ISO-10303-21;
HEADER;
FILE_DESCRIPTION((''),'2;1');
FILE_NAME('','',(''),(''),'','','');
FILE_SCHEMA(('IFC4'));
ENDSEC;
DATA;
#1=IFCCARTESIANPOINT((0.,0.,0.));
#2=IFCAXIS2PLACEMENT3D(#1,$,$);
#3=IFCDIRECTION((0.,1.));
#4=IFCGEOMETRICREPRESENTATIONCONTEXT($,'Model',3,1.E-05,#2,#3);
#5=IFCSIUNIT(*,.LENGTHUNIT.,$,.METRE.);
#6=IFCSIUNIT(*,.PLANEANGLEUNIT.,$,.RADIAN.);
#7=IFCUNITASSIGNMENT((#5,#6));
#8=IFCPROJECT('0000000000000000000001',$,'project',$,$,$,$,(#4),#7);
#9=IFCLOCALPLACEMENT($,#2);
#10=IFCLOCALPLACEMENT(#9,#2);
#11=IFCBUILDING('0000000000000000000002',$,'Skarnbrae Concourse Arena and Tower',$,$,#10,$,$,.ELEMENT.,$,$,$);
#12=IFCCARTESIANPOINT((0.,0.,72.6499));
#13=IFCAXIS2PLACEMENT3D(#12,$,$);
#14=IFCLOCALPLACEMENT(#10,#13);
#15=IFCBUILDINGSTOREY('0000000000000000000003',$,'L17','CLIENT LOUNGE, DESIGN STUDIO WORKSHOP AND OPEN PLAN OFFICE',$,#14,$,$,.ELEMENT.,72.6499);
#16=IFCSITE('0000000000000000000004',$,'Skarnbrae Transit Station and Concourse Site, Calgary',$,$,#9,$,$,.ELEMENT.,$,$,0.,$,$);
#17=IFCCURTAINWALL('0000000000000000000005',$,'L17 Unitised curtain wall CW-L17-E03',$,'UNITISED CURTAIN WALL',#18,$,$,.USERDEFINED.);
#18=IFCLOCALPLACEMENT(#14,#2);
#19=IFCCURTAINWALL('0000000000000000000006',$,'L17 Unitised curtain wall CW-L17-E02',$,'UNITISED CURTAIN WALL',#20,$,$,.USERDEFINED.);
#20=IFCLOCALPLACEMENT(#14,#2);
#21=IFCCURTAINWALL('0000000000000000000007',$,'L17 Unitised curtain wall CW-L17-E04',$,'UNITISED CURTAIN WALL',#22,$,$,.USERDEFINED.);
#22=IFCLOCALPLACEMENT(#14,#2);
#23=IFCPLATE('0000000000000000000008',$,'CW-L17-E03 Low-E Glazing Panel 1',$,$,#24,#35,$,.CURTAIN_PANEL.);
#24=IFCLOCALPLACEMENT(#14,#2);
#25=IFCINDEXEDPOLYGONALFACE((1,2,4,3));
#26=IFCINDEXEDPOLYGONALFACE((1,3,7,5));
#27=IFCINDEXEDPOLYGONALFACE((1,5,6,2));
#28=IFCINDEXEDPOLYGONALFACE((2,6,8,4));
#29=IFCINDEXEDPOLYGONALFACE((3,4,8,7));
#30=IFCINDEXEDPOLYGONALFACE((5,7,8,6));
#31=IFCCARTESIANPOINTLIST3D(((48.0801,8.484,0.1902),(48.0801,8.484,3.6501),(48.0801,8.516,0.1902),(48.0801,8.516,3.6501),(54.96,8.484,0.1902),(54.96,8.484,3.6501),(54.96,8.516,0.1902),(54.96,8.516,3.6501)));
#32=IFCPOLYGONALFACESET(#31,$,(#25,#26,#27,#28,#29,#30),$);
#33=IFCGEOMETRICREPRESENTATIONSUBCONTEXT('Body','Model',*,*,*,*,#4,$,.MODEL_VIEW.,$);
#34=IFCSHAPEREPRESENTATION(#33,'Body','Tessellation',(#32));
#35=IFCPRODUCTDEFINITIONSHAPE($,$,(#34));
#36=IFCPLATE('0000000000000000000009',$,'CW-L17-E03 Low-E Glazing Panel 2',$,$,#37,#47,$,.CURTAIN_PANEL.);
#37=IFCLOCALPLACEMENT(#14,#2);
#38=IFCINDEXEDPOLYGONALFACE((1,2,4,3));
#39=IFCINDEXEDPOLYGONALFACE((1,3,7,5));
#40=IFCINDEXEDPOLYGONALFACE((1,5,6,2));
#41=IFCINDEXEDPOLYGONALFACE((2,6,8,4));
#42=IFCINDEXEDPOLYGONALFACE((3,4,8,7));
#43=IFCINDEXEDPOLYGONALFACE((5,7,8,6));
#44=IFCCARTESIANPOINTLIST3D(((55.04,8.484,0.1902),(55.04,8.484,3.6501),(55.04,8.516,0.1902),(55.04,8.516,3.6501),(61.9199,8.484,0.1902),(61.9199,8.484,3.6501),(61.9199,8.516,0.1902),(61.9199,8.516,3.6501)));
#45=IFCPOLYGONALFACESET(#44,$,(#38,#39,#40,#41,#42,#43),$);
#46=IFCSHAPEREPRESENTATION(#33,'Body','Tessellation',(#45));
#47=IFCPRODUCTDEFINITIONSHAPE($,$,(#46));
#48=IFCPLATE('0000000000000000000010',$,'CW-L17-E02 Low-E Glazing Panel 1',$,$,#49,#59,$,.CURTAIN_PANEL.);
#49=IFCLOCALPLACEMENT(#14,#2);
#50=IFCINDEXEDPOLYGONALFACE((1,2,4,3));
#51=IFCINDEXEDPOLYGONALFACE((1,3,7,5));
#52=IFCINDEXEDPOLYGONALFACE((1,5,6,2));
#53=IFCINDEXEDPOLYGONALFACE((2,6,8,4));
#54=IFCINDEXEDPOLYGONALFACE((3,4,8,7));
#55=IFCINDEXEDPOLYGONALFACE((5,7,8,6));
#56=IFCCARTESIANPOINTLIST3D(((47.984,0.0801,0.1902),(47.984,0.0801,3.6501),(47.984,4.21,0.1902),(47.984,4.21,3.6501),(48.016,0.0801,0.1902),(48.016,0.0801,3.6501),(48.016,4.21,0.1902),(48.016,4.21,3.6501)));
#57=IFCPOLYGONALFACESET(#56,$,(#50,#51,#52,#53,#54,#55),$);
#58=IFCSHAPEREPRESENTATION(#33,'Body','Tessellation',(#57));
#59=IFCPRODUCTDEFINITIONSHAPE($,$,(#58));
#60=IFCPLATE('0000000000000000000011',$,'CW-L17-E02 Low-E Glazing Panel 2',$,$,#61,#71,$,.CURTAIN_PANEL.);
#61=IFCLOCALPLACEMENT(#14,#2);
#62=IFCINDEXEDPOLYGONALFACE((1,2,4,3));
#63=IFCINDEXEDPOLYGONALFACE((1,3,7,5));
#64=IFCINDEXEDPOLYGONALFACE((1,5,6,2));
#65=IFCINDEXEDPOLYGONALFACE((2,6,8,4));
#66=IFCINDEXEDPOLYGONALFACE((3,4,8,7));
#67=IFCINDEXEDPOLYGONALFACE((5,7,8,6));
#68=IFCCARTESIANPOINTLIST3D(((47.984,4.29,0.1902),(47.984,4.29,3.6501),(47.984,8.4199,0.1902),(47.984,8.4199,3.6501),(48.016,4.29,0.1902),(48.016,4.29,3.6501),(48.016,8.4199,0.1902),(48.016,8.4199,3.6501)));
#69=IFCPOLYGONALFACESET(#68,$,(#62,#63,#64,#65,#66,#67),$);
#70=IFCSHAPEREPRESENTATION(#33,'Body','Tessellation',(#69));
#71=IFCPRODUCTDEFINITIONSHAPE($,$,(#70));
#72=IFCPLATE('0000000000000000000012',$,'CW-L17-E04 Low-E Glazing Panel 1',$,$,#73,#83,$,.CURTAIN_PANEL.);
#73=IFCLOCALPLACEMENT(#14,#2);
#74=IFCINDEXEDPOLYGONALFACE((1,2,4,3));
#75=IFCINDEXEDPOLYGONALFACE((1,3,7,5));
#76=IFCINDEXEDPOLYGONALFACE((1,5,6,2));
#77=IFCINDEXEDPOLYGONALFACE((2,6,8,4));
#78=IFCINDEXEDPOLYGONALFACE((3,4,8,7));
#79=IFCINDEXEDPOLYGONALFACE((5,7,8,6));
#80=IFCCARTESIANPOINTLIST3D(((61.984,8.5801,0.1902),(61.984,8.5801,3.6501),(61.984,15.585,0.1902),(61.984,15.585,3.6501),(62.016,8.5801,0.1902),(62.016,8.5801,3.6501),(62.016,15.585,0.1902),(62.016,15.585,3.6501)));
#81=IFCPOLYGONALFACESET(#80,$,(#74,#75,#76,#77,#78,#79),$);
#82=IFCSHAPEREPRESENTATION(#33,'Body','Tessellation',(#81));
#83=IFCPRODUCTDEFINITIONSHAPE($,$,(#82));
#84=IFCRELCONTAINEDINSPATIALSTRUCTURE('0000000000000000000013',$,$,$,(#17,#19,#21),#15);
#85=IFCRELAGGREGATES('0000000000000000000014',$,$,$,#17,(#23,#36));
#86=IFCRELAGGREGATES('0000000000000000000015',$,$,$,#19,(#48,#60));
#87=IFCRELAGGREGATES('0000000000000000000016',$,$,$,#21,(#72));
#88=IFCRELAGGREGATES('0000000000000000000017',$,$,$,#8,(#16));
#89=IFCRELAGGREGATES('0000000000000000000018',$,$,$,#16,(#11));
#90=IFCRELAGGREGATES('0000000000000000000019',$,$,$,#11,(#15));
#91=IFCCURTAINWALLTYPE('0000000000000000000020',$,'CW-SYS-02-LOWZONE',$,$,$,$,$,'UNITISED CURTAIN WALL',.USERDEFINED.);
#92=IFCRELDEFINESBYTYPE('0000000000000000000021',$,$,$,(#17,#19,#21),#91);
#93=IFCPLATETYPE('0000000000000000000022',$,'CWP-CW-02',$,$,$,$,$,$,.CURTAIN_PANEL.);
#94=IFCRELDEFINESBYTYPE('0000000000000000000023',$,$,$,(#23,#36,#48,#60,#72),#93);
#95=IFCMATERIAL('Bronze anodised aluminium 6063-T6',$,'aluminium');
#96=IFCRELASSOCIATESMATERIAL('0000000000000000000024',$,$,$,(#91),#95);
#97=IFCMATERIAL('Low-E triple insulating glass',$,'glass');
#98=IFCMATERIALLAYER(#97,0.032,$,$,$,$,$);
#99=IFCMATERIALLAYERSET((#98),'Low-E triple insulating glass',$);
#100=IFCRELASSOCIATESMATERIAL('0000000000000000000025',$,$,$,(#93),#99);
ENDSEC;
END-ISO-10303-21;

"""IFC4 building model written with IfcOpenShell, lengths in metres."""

from ifc_helpers import new_model, si_unit, direction, frame, origin, origin_2d, place, context, subcontext, project, spatial, rectangle, extrude, source, transform, mapped, material, layer, layer_set, type_object, element, aggregate, save


model = new_model("IFC4")

# Units and contexts
model_context = context("Model", 3, precision=1e-05, world=origin(), true_north=direction((0.0, 1.0)))
body_context = subcontext(model_context, "Body", "Model", "MODEL_VIEW")
ifc_project = project(units=[si_unit("LENGTHUNIT", "METRE"), si_unit("PLANEANGLEUNIT", "RADIAN")], contexts=[model_context])

# Site, building, storey
site_placement = place(None, origin())
site = spatial("IfcSite", under=ifc_project, at=site_placement, Name="Skarnbrae Transit Station and Concourse Site, Calgary", CompositionType="ELEMENT", RefElevation=0.0)
building_placement = place(site_placement, origin())
building = spatial("IfcBuilding", under=site, at=building_placement, Name="Skarnbrae Concourse Arena and Tower", CompositionType="ELEMENT")
storey_placement = place(building_placement, frame((0.0, 0.0, 72.6499)))
storey = spatial("IfcBuildingStorey", under=building, at=storey_placement, Name="L17", Description="CLIENT LOUNGE, DESIGN STUDIO WORKSHOP AND OPEN PLAN OFFICE", CompositionType="ELEMENT", Elevation=72.6499)

# Curtain walls
ifc_material_1 = material(Name="Bronze anodised aluminium 6063-T6", Category="aluminium")
curtain_wall_type = type_object("IfcCurtainWallType", Name="CW-SYS-02-LOWZONE", ElementType="UNITISED CURTAIN WALL", PredefinedType="USERDEFINED", material=ifc_material_1)
curtain_wall_1_placement = place(storey_placement, origin())
curtain_wall_1 = element("IfcCurtainWall", 1, at=curtain_wall_1_placement, inside=storey, type_object=curtain_wall_type, Name="L17 Unitised curtain wall CW-L17-E03", ObjectType="UNITISED CURTAIN WALL", PredefinedType="USERDEFINED")
curtain_wall_2_placement = place(storey_placement, origin())
curtain_wall_2 = element("IfcCurtainWall", 2, at=curtain_wall_2_placement, inside=storey, type_object=curtain_wall_type, Name="L17 Unitised curtain wall CW-L17-E02", ObjectType="UNITISED CURTAIN WALL", PredefinedType="USERDEFINED")

# Curtain wall
curtain_wall_3_placement = place(storey_placement, origin())
curtain_wall_3 = element("IfcCurtainWall", 3, at=curtain_wall_3_placement, inside=storey, type_object=curtain_wall_type, Name="L17 Unitised curtain wall CW-L17-E04", ObjectType="UNITISED CURTAIN WALL", PredefinedType="USERDEFINED")

# Plates
ifc_material_2 = material(Name="Low-E triple insulating glass", Category="glass")
ifc_layer = layer(ifc_material_2, 0.032)
ifc_layer_set = layer_set([ifc_layer], Name="Low-E triple insulating glass")
plate_type = type_object("IfcPlateType", Name="CWP-CW-02", PredefinedType="CURTAIN_PANEL", material=ifc_layer_set)
shared_shape_1 = source(origin(), body_context, "Body", "SweptSolid", [
    extrude(rectangle(XDim=6.8799, YDim=0.032, at=origin_2d()), origin(), (0.0, 0.0, 1.0), 3.46),
])
plate_1_placement = place(storey_placement, frame((51.52, 8.5, 0.1902), z_axis=(0.0, 0.0, 1.0), x_axis=(1.0, 0.0, 0.0)))
plate_1 = element("IfcPlate", 4, at=plate_1_placement, type_object=plate_type, Name="CW-L17-E03 Low-E Glazing Panel 1", PredefinedType="CURTAIN_PANEL", context=body_context, shape_type="MappedRepresentation", body=[
    mapped(shared_shape_1, transform((0.0, 0.0, 0.0))),
])
plate_2_placement = place(storey_placement, frame((58.48, 8.5, 0.1902), z_axis=(0.0, 0.0, 1.0), x_axis=(1.0, 0.0, 0.0)))
plate_2 = element("IfcPlate", 5, at=plate_2_placement, type_object=plate_type, Name="CW-L17-E03 Low-E Glazing Panel 2", PredefinedType="CURTAIN_PANEL", context=body_context, shape_type="MappedRepresentation", body=[
    mapped(shared_shape_1, transform((0.0, 0.0, 0.0))),
])
aggregate(curtain_wall_1, [plate_1, plate_2])
shared_shape_2 = source(origin(), body_context, "Body", "SweptSolid", [
    extrude(rectangle(XDim=4.1299, YDim=0.032, at=origin_2d()), origin(), (0.0, 0.0, 1.0), 3.46),
])
plate_3_placement = place(storey_placement, frame((48.0, 2.145, 0.1902), z_axis=(0.0, 0.0, 1.0), x_axis=(0.0, 1.0, 0.0)))
plate_3 = element("IfcPlate", 6, at=plate_3_placement, type_object=plate_type, Name="CW-L17-E02 Low-E Glazing Panel 1", PredefinedType="CURTAIN_PANEL", context=body_context, shape_type="MappedRepresentation", body=[
    mapped(shared_shape_2, transform((0.0, 0.0, 0.0))),
])
plate_4_placement = place(storey_placement, frame((48.0, 6.355, 0.1902), z_axis=(0.0, 0.0, 1.0), x_axis=(0.0, 1.0, 0.0)))
plate_4 = element("IfcPlate", 7, at=plate_4_placement, type_object=plate_type, Name="CW-L17-E02 Low-E Glazing Panel 2", PredefinedType="CURTAIN_PANEL", context=body_context, shape_type="MappedRepresentation", body=[
    mapped(shared_shape_2, transform((0.0, 0.0, 0.0))),
])
aggregate(curtain_wall_2, [plate_3, plate_4])
shared_shape_3 = source(origin(), body_context, "Body", "SweptSolid", [
    extrude(rectangle(XDim=7.0049, YDim=0.032, at=origin_2d()), origin(), (0.0, 0.0, 1.0), 3.46),
])
plate_5_placement = place(storey_placement, frame((62.0, 12.0825, 0.1902), z_axis=(0.0, 0.0, 1.0), x_axis=(0.0, 1.0, 0.0)))
plate_5 = element("IfcPlate", 8, at=plate_5_placement, type_object=plate_type, Name="CW-L17-E04 Low-E Glazing Panel 1", PredefinedType="CURTAIN_PANEL", context=body_context, shape_type="MappedRepresentation", body=[
    mapped(shared_shape_3, transform((0.0, 0.0, 0.0))),
])
aggregate(curtain_wall_3, [plate_5])

save(model, "model.ifc")
